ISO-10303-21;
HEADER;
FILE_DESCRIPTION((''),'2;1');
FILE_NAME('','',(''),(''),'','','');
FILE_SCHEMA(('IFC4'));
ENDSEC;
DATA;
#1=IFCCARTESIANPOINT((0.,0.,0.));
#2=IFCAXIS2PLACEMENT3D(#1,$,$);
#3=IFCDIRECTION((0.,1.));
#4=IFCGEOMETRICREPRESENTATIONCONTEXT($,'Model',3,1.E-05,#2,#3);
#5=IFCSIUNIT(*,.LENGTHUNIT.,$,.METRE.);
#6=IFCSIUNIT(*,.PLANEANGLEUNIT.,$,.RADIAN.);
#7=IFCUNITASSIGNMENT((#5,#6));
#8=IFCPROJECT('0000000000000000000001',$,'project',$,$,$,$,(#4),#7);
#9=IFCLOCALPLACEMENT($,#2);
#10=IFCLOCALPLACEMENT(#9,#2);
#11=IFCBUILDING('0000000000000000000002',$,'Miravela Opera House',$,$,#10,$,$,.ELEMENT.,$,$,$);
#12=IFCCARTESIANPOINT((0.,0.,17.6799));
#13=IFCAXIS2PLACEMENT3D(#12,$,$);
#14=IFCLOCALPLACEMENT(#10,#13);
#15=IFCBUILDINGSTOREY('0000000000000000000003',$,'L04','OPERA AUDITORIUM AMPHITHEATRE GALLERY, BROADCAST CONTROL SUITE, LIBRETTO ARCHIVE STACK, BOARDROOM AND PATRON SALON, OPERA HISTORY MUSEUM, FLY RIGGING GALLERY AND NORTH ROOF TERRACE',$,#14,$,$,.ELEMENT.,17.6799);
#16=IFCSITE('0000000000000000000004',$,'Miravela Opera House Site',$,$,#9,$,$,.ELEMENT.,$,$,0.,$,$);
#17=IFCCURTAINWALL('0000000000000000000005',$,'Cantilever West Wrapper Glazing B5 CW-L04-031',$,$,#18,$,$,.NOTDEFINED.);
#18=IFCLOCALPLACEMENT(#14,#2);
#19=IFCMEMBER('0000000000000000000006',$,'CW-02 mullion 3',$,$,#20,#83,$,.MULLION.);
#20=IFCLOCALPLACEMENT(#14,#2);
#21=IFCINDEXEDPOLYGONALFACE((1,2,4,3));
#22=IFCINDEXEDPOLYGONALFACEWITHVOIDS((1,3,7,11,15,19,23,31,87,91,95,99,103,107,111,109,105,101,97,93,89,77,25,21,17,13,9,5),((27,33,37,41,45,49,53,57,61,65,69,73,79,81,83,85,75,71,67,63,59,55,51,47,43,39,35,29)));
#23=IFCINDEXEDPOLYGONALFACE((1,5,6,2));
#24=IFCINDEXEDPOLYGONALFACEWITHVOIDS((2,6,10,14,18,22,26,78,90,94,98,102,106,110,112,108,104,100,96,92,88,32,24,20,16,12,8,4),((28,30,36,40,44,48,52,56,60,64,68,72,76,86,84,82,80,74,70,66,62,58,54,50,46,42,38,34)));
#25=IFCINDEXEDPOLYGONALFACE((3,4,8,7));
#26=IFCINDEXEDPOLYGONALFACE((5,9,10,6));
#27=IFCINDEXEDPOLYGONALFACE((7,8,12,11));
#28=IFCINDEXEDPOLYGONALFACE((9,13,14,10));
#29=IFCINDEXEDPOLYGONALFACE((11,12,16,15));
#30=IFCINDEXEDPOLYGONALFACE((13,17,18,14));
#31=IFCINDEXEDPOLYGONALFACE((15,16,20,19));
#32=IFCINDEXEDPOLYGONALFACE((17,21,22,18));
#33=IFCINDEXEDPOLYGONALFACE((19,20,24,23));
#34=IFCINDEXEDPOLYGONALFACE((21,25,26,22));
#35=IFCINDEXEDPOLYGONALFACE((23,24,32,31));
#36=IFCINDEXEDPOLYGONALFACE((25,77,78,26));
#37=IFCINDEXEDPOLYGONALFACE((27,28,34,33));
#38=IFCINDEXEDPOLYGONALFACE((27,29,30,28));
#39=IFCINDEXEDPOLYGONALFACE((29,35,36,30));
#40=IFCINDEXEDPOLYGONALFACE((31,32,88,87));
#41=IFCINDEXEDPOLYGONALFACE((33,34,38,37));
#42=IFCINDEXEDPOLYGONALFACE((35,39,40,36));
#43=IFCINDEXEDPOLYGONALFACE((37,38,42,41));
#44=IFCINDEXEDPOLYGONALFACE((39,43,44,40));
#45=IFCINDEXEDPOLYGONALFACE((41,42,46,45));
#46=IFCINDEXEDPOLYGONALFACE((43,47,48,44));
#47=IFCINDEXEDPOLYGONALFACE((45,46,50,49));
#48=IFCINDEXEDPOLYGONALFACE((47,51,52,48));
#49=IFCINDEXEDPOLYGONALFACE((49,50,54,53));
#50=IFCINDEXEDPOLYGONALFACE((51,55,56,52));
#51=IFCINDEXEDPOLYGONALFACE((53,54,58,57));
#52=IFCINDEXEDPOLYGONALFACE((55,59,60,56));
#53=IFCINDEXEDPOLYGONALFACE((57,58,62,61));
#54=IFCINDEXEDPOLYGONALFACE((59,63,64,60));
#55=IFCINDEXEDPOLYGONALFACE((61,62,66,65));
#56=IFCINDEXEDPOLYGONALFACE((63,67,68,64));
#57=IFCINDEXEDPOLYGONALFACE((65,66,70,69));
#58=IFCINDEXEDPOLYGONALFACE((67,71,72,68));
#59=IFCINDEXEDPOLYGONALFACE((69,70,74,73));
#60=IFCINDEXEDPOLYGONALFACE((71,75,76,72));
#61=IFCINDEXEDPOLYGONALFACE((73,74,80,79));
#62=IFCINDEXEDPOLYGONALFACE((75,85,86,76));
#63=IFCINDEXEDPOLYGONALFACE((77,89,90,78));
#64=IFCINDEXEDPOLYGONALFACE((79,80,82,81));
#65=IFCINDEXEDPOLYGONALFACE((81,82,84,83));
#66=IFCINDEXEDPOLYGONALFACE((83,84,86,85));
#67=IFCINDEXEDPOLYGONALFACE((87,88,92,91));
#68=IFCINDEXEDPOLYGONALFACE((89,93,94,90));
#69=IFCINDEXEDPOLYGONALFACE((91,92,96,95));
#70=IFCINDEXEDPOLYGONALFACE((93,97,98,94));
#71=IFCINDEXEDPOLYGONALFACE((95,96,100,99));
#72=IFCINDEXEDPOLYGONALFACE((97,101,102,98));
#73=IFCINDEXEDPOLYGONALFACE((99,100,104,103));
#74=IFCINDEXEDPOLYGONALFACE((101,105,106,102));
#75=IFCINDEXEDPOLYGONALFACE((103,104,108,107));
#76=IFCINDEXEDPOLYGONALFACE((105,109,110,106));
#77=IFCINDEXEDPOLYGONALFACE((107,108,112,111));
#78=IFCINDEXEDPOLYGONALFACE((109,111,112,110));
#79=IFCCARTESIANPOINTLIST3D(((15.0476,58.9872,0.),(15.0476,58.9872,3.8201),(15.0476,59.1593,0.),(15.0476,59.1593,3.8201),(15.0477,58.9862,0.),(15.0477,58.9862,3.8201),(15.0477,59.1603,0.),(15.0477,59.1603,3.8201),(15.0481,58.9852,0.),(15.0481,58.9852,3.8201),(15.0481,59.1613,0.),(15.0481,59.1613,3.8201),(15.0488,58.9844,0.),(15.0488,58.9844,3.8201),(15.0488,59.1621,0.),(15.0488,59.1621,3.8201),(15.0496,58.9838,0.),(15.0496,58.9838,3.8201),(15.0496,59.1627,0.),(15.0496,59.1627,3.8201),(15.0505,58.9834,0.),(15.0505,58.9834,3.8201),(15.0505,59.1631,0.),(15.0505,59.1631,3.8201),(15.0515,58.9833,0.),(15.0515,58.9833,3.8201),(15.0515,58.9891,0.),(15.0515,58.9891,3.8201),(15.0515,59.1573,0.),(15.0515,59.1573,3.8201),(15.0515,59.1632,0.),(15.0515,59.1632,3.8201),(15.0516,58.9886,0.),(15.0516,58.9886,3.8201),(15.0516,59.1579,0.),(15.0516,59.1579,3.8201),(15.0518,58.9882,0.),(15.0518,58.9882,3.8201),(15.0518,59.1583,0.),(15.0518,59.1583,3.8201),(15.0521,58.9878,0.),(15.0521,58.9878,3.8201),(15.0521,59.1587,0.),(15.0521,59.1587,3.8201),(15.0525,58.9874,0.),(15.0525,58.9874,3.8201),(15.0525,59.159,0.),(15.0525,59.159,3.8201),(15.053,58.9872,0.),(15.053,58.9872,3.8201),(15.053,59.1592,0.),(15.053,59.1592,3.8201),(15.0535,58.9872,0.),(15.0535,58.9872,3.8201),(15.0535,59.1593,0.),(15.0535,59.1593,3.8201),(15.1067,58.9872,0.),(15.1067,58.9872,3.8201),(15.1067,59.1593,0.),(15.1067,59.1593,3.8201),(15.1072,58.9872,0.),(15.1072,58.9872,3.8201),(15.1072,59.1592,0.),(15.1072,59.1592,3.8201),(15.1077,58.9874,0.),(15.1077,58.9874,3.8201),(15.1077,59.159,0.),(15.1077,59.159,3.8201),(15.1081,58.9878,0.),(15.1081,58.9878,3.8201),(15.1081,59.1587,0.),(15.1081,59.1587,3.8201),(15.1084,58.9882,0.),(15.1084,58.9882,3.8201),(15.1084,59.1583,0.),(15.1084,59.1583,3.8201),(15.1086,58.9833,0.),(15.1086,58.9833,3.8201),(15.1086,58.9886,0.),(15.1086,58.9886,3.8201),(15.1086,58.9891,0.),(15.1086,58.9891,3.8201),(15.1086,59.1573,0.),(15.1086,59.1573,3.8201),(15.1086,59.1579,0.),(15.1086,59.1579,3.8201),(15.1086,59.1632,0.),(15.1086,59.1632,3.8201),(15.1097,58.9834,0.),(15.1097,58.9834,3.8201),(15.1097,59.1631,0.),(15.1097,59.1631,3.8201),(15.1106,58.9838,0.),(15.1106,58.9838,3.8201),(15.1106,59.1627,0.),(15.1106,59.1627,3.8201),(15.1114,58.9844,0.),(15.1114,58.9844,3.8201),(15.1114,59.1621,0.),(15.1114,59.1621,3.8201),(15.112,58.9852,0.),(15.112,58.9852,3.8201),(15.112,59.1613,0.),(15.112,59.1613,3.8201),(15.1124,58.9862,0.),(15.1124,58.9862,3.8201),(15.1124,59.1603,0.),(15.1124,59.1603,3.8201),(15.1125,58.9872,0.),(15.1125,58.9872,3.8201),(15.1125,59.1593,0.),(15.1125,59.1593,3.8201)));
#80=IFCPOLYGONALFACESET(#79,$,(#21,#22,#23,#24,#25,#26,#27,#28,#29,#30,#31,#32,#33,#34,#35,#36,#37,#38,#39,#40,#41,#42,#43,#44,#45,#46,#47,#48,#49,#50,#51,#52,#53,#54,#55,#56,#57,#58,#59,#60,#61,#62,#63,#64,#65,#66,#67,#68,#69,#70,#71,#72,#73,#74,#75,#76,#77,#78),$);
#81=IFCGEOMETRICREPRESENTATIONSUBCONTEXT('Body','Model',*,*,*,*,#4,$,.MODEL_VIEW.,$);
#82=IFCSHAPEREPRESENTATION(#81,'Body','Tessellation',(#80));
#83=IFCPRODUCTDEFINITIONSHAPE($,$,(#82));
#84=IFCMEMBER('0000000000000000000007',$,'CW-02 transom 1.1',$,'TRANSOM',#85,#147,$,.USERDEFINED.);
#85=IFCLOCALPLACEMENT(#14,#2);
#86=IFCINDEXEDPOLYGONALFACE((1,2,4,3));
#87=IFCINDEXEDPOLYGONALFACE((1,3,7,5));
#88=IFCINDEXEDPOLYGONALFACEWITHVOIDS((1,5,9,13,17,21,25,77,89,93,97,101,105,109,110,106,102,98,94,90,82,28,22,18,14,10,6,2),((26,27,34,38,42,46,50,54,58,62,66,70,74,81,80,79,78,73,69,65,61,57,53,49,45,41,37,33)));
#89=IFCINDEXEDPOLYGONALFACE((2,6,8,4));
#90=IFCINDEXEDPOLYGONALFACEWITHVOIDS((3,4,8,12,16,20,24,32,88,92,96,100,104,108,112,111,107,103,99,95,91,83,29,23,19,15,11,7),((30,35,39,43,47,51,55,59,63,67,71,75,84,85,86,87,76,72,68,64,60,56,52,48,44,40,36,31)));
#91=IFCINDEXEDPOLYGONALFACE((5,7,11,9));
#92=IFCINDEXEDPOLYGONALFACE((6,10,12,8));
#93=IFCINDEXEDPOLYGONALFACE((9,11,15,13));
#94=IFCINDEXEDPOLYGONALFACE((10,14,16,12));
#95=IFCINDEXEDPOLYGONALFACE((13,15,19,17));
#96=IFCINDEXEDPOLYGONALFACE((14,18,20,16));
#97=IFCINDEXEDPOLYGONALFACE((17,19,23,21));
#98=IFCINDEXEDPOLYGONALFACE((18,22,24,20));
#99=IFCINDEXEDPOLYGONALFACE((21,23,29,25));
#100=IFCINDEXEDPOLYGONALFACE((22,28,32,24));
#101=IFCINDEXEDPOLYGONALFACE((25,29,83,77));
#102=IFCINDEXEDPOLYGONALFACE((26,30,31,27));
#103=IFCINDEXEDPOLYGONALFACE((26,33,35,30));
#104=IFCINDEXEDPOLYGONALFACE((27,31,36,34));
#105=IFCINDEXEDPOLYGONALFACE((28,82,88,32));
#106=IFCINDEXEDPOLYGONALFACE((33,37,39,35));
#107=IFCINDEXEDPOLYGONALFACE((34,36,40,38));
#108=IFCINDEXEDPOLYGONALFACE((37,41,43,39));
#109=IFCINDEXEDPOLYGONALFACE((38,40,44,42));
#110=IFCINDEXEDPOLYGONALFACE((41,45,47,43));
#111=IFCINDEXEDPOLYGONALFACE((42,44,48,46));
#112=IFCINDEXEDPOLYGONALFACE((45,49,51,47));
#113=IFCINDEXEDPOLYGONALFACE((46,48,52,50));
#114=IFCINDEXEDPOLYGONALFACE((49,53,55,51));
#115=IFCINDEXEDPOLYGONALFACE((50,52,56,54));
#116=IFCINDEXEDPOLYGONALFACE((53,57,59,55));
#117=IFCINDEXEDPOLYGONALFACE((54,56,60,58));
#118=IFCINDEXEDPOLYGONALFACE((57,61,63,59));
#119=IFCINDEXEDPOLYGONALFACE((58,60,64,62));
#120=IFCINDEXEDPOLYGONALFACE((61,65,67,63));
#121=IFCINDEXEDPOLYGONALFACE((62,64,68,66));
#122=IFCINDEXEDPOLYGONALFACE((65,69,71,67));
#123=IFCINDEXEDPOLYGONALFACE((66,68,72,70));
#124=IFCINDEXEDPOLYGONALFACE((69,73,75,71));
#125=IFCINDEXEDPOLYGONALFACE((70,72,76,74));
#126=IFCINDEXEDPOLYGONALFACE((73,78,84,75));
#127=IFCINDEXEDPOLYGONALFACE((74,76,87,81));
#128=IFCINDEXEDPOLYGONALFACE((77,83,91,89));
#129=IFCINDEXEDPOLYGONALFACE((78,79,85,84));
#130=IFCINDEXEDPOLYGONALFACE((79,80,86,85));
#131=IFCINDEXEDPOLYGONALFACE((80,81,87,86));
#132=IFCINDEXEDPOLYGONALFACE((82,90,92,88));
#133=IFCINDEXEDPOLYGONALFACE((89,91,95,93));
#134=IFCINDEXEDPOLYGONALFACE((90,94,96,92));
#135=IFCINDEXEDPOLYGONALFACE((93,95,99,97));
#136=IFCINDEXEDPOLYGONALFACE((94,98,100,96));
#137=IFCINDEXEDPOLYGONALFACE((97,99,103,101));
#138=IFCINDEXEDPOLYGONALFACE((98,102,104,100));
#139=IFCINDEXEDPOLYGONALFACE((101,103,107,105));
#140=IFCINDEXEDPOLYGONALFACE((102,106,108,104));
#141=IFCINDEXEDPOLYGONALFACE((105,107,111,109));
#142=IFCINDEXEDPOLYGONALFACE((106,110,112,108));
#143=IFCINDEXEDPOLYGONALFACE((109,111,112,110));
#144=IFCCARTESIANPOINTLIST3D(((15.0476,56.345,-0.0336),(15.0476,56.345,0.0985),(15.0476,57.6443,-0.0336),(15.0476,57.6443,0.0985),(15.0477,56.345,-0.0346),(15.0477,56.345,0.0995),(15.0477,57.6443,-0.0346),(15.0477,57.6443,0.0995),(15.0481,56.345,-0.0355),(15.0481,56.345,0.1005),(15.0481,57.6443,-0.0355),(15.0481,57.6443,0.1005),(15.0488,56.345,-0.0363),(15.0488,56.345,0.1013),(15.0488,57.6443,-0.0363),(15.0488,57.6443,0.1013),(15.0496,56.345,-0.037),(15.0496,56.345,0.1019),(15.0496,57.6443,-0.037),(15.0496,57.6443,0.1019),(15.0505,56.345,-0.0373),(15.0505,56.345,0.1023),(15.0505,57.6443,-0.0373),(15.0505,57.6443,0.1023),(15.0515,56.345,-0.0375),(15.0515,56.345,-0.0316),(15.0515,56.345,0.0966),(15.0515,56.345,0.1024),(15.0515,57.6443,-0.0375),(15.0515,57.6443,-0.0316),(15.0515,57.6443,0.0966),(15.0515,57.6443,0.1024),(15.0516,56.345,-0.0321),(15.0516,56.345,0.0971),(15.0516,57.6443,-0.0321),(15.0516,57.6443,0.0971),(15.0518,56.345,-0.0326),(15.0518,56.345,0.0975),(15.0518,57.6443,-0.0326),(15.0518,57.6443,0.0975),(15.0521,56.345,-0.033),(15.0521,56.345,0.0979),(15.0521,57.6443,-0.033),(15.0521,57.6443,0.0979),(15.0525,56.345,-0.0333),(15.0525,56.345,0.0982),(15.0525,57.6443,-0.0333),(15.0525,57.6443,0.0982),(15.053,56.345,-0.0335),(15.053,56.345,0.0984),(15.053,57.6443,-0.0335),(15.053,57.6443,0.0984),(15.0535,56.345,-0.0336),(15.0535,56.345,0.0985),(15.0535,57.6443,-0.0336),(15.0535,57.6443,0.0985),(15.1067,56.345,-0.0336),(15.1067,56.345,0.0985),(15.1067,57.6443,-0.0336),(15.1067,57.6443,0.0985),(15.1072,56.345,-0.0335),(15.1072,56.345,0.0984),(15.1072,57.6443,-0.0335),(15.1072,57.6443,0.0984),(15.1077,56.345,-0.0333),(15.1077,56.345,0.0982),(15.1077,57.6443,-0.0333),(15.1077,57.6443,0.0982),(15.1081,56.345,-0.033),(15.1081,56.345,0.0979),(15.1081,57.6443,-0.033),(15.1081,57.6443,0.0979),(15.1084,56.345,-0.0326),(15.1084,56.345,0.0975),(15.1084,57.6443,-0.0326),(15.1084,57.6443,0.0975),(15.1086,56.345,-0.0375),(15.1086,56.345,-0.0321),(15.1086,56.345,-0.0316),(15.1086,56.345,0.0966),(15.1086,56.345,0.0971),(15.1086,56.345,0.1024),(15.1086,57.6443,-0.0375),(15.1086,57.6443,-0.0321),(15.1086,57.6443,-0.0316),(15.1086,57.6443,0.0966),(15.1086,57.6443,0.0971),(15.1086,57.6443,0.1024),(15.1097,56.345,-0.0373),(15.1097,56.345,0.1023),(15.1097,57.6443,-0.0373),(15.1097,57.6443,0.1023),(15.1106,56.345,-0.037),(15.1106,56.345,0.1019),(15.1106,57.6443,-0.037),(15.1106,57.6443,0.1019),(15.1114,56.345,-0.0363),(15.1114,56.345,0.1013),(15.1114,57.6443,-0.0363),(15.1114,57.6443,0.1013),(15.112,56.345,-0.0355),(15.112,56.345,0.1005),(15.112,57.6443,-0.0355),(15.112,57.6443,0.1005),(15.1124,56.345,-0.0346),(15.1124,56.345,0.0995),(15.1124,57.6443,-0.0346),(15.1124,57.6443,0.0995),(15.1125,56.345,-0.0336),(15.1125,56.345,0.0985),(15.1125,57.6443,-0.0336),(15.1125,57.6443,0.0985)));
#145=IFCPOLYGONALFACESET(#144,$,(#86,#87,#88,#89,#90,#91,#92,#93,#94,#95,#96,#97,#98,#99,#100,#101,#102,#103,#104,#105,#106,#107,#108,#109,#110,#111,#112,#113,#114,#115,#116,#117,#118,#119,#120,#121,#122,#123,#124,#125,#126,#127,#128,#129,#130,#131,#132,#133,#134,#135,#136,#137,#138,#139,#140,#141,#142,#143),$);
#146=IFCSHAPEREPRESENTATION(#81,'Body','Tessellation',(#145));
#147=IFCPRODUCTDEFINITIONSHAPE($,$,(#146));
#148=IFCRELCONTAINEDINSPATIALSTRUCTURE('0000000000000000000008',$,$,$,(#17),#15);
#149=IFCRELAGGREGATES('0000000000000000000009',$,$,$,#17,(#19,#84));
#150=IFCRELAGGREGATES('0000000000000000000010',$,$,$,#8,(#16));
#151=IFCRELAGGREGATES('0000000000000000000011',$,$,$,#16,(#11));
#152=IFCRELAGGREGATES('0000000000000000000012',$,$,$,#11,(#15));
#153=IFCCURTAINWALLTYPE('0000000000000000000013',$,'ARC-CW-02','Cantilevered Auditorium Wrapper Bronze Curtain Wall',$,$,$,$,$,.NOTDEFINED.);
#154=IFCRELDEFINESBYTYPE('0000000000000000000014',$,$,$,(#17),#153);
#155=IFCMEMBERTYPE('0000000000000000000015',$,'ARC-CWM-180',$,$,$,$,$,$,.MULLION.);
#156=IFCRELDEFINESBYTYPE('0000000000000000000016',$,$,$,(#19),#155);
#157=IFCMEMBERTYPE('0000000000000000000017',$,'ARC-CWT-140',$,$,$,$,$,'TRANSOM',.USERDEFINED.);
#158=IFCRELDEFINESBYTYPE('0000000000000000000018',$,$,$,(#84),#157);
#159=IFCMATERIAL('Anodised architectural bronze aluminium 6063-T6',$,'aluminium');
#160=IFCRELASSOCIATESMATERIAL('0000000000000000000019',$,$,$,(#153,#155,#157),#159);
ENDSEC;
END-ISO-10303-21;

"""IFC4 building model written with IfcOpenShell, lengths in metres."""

from ifc_helpers import new_model, si_unit, direction, frame, origin, origin_2d, place, context, subcontext, project, spatial, hollow_rectangle, extrude, material, material_profile, profile_set, type_object, element, aggregate, save


model = new_model("IFC4")

# Units and contexts
model_context = context("Model", 3, precision=1e-05, world=origin(), true_north=direction((0.0, 1.0)))
body_context = subcontext(model_context, "Body", "Model", "MODEL_VIEW")
ifc_project = project(units=[si_unit("LENGTHUNIT", "METRE"), si_unit("PLANEANGLEUNIT", "RADIAN")], contexts=[model_context])

# Site, building, storey
site_placement = place(None, origin())
site = spatial("IfcSite", under=ifc_project, at=site_placement, Name="Miravela Opera House Site", CompositionType="ELEMENT", RefElevation=0.0)
building_placement = place(site_placement, origin())
building = spatial("IfcBuilding", under=site, at=building_placement, Name="Miravela Opera House", CompositionType="ELEMENT")
storey_placement = place(building_placement, frame((0.0, 0.0, 17.6799)))
storey = spatial("IfcBuildingStorey", under=building, at=storey_placement, Name="L04", Description="OPERA AUDITORIUM AMPHITHEATRE GALLERY, BROADCAST CONTROL SUITE, LIBRETTO ARCHIVE STACK, BOARDROOM AND PATRON SALON, OPERA HISTORY MUSEUM, FLY RIGGING GALLERY AND NORTH ROOF TERRACE", CompositionType="ELEMENT", Elevation=17.6799)

# Curtain wall, members
ifc_material_1 = material(Name="Anodised architectural bronze aluminium 6063-T6", Category="aluminium")
curtain_wall_type = type_object("IfcCurtainWallType", Name="ARC-CW-02", Description="Cantilevered Auditorium Wrapper Bronze Curtain Wall", PredefinedType="NOTDEFINED", material=ifc_material_1)
curtain_wall_placement = place(storey_placement, origin())
curtain_wall = element("IfcCurtainWall", 1, at=curtain_wall_placement, inside=storey, type_object=curtain_wall_type, Name="Cantilever West Wrapper Glazing B5 CW-L04-031", PredefinedType="NOTDEFINED")
ifc_material_profile_1 = material_profile(ifc_material_1, hollow_rectangle(XDim=0.0649, YDim=0.1799, WallThickness=0.0039, InnerFilletRadius=0.002, OuterFilletRadius=0.0039, at=origin_2d()), Name="CWM-65X180")
ifc_profile_set_1 = profile_set([ifc_material_profile_1])
member_type_1 = type_object("IfcMemberType", Name="ARC-CWM-180", PredefinedType="MULLION", material=ifc_profile_set_1)
member_1_placement = place(storey_placement, frame((15.0801, 59.0732, 0.0), z_axis=(0.0, 0.0, 1.0), x_axis=(-1.0, 0.0, 0.0)))
member_1 = element("IfcMember", 2, at=member_1_placement, type_object=member_type_1, Name="CW-02 mullion 3", PredefinedType="MULLION", context=body_context, shape_type="SweptSolid", body=[
    extrude(hollow_rectangle(XDim=0.0649, YDim=0.1799, WallThickness=0.0039, InnerFilletRadius=0.002, OuterFilletRadius=0.0039, at=origin_2d()), origin(), (0.0, 0.0, 1.0), 3.8201),
])
ifc_material_profile_2 = material_profile(ifc_material_1, hollow_rectangle(XDim=0.0649, YDim=0.1399, WallThickness=0.0039, InnerFilletRadius=0.002, OuterFilletRadius=0.0039, at=origin_2d()), Name="CWT-65X140")
ifc_profile_set_2 = profile_set([ifc_material_profile_2])
member_type_2 = type_object("IfcMemberType", Name="ARC-CWT-140", ElementType="TRANSOM", PredefinedType="USERDEFINED", material=ifc_profile_set_2)
member_2_placement = place(storey_placement, frame((15.0801, 56.345, 0.0325), z_axis=(0.0, 1.0, 0.0), x_axis=(-1.0, 0.0, 0.0)))
member_2 = element("IfcMember", 3, at=member_2_placement, type_object=member_type_2, Name="CW-02 transom 1.1", ObjectType="TRANSOM", PredefinedType="USERDEFINED", context=body_context, shape_type="SweptSolid", body=[
    extrude(hollow_rectangle(XDim=0.0649, YDim=0.1399, WallThickness=0.0039, InnerFilletRadius=0.002, OuterFilletRadius=0.0039, at=origin_2d()), origin(), (0.0, 0.0, 1.0), 1.2993),
])

aggregate(curtain_wall, [member_1, member_2])

save(model, "model.ifc")
